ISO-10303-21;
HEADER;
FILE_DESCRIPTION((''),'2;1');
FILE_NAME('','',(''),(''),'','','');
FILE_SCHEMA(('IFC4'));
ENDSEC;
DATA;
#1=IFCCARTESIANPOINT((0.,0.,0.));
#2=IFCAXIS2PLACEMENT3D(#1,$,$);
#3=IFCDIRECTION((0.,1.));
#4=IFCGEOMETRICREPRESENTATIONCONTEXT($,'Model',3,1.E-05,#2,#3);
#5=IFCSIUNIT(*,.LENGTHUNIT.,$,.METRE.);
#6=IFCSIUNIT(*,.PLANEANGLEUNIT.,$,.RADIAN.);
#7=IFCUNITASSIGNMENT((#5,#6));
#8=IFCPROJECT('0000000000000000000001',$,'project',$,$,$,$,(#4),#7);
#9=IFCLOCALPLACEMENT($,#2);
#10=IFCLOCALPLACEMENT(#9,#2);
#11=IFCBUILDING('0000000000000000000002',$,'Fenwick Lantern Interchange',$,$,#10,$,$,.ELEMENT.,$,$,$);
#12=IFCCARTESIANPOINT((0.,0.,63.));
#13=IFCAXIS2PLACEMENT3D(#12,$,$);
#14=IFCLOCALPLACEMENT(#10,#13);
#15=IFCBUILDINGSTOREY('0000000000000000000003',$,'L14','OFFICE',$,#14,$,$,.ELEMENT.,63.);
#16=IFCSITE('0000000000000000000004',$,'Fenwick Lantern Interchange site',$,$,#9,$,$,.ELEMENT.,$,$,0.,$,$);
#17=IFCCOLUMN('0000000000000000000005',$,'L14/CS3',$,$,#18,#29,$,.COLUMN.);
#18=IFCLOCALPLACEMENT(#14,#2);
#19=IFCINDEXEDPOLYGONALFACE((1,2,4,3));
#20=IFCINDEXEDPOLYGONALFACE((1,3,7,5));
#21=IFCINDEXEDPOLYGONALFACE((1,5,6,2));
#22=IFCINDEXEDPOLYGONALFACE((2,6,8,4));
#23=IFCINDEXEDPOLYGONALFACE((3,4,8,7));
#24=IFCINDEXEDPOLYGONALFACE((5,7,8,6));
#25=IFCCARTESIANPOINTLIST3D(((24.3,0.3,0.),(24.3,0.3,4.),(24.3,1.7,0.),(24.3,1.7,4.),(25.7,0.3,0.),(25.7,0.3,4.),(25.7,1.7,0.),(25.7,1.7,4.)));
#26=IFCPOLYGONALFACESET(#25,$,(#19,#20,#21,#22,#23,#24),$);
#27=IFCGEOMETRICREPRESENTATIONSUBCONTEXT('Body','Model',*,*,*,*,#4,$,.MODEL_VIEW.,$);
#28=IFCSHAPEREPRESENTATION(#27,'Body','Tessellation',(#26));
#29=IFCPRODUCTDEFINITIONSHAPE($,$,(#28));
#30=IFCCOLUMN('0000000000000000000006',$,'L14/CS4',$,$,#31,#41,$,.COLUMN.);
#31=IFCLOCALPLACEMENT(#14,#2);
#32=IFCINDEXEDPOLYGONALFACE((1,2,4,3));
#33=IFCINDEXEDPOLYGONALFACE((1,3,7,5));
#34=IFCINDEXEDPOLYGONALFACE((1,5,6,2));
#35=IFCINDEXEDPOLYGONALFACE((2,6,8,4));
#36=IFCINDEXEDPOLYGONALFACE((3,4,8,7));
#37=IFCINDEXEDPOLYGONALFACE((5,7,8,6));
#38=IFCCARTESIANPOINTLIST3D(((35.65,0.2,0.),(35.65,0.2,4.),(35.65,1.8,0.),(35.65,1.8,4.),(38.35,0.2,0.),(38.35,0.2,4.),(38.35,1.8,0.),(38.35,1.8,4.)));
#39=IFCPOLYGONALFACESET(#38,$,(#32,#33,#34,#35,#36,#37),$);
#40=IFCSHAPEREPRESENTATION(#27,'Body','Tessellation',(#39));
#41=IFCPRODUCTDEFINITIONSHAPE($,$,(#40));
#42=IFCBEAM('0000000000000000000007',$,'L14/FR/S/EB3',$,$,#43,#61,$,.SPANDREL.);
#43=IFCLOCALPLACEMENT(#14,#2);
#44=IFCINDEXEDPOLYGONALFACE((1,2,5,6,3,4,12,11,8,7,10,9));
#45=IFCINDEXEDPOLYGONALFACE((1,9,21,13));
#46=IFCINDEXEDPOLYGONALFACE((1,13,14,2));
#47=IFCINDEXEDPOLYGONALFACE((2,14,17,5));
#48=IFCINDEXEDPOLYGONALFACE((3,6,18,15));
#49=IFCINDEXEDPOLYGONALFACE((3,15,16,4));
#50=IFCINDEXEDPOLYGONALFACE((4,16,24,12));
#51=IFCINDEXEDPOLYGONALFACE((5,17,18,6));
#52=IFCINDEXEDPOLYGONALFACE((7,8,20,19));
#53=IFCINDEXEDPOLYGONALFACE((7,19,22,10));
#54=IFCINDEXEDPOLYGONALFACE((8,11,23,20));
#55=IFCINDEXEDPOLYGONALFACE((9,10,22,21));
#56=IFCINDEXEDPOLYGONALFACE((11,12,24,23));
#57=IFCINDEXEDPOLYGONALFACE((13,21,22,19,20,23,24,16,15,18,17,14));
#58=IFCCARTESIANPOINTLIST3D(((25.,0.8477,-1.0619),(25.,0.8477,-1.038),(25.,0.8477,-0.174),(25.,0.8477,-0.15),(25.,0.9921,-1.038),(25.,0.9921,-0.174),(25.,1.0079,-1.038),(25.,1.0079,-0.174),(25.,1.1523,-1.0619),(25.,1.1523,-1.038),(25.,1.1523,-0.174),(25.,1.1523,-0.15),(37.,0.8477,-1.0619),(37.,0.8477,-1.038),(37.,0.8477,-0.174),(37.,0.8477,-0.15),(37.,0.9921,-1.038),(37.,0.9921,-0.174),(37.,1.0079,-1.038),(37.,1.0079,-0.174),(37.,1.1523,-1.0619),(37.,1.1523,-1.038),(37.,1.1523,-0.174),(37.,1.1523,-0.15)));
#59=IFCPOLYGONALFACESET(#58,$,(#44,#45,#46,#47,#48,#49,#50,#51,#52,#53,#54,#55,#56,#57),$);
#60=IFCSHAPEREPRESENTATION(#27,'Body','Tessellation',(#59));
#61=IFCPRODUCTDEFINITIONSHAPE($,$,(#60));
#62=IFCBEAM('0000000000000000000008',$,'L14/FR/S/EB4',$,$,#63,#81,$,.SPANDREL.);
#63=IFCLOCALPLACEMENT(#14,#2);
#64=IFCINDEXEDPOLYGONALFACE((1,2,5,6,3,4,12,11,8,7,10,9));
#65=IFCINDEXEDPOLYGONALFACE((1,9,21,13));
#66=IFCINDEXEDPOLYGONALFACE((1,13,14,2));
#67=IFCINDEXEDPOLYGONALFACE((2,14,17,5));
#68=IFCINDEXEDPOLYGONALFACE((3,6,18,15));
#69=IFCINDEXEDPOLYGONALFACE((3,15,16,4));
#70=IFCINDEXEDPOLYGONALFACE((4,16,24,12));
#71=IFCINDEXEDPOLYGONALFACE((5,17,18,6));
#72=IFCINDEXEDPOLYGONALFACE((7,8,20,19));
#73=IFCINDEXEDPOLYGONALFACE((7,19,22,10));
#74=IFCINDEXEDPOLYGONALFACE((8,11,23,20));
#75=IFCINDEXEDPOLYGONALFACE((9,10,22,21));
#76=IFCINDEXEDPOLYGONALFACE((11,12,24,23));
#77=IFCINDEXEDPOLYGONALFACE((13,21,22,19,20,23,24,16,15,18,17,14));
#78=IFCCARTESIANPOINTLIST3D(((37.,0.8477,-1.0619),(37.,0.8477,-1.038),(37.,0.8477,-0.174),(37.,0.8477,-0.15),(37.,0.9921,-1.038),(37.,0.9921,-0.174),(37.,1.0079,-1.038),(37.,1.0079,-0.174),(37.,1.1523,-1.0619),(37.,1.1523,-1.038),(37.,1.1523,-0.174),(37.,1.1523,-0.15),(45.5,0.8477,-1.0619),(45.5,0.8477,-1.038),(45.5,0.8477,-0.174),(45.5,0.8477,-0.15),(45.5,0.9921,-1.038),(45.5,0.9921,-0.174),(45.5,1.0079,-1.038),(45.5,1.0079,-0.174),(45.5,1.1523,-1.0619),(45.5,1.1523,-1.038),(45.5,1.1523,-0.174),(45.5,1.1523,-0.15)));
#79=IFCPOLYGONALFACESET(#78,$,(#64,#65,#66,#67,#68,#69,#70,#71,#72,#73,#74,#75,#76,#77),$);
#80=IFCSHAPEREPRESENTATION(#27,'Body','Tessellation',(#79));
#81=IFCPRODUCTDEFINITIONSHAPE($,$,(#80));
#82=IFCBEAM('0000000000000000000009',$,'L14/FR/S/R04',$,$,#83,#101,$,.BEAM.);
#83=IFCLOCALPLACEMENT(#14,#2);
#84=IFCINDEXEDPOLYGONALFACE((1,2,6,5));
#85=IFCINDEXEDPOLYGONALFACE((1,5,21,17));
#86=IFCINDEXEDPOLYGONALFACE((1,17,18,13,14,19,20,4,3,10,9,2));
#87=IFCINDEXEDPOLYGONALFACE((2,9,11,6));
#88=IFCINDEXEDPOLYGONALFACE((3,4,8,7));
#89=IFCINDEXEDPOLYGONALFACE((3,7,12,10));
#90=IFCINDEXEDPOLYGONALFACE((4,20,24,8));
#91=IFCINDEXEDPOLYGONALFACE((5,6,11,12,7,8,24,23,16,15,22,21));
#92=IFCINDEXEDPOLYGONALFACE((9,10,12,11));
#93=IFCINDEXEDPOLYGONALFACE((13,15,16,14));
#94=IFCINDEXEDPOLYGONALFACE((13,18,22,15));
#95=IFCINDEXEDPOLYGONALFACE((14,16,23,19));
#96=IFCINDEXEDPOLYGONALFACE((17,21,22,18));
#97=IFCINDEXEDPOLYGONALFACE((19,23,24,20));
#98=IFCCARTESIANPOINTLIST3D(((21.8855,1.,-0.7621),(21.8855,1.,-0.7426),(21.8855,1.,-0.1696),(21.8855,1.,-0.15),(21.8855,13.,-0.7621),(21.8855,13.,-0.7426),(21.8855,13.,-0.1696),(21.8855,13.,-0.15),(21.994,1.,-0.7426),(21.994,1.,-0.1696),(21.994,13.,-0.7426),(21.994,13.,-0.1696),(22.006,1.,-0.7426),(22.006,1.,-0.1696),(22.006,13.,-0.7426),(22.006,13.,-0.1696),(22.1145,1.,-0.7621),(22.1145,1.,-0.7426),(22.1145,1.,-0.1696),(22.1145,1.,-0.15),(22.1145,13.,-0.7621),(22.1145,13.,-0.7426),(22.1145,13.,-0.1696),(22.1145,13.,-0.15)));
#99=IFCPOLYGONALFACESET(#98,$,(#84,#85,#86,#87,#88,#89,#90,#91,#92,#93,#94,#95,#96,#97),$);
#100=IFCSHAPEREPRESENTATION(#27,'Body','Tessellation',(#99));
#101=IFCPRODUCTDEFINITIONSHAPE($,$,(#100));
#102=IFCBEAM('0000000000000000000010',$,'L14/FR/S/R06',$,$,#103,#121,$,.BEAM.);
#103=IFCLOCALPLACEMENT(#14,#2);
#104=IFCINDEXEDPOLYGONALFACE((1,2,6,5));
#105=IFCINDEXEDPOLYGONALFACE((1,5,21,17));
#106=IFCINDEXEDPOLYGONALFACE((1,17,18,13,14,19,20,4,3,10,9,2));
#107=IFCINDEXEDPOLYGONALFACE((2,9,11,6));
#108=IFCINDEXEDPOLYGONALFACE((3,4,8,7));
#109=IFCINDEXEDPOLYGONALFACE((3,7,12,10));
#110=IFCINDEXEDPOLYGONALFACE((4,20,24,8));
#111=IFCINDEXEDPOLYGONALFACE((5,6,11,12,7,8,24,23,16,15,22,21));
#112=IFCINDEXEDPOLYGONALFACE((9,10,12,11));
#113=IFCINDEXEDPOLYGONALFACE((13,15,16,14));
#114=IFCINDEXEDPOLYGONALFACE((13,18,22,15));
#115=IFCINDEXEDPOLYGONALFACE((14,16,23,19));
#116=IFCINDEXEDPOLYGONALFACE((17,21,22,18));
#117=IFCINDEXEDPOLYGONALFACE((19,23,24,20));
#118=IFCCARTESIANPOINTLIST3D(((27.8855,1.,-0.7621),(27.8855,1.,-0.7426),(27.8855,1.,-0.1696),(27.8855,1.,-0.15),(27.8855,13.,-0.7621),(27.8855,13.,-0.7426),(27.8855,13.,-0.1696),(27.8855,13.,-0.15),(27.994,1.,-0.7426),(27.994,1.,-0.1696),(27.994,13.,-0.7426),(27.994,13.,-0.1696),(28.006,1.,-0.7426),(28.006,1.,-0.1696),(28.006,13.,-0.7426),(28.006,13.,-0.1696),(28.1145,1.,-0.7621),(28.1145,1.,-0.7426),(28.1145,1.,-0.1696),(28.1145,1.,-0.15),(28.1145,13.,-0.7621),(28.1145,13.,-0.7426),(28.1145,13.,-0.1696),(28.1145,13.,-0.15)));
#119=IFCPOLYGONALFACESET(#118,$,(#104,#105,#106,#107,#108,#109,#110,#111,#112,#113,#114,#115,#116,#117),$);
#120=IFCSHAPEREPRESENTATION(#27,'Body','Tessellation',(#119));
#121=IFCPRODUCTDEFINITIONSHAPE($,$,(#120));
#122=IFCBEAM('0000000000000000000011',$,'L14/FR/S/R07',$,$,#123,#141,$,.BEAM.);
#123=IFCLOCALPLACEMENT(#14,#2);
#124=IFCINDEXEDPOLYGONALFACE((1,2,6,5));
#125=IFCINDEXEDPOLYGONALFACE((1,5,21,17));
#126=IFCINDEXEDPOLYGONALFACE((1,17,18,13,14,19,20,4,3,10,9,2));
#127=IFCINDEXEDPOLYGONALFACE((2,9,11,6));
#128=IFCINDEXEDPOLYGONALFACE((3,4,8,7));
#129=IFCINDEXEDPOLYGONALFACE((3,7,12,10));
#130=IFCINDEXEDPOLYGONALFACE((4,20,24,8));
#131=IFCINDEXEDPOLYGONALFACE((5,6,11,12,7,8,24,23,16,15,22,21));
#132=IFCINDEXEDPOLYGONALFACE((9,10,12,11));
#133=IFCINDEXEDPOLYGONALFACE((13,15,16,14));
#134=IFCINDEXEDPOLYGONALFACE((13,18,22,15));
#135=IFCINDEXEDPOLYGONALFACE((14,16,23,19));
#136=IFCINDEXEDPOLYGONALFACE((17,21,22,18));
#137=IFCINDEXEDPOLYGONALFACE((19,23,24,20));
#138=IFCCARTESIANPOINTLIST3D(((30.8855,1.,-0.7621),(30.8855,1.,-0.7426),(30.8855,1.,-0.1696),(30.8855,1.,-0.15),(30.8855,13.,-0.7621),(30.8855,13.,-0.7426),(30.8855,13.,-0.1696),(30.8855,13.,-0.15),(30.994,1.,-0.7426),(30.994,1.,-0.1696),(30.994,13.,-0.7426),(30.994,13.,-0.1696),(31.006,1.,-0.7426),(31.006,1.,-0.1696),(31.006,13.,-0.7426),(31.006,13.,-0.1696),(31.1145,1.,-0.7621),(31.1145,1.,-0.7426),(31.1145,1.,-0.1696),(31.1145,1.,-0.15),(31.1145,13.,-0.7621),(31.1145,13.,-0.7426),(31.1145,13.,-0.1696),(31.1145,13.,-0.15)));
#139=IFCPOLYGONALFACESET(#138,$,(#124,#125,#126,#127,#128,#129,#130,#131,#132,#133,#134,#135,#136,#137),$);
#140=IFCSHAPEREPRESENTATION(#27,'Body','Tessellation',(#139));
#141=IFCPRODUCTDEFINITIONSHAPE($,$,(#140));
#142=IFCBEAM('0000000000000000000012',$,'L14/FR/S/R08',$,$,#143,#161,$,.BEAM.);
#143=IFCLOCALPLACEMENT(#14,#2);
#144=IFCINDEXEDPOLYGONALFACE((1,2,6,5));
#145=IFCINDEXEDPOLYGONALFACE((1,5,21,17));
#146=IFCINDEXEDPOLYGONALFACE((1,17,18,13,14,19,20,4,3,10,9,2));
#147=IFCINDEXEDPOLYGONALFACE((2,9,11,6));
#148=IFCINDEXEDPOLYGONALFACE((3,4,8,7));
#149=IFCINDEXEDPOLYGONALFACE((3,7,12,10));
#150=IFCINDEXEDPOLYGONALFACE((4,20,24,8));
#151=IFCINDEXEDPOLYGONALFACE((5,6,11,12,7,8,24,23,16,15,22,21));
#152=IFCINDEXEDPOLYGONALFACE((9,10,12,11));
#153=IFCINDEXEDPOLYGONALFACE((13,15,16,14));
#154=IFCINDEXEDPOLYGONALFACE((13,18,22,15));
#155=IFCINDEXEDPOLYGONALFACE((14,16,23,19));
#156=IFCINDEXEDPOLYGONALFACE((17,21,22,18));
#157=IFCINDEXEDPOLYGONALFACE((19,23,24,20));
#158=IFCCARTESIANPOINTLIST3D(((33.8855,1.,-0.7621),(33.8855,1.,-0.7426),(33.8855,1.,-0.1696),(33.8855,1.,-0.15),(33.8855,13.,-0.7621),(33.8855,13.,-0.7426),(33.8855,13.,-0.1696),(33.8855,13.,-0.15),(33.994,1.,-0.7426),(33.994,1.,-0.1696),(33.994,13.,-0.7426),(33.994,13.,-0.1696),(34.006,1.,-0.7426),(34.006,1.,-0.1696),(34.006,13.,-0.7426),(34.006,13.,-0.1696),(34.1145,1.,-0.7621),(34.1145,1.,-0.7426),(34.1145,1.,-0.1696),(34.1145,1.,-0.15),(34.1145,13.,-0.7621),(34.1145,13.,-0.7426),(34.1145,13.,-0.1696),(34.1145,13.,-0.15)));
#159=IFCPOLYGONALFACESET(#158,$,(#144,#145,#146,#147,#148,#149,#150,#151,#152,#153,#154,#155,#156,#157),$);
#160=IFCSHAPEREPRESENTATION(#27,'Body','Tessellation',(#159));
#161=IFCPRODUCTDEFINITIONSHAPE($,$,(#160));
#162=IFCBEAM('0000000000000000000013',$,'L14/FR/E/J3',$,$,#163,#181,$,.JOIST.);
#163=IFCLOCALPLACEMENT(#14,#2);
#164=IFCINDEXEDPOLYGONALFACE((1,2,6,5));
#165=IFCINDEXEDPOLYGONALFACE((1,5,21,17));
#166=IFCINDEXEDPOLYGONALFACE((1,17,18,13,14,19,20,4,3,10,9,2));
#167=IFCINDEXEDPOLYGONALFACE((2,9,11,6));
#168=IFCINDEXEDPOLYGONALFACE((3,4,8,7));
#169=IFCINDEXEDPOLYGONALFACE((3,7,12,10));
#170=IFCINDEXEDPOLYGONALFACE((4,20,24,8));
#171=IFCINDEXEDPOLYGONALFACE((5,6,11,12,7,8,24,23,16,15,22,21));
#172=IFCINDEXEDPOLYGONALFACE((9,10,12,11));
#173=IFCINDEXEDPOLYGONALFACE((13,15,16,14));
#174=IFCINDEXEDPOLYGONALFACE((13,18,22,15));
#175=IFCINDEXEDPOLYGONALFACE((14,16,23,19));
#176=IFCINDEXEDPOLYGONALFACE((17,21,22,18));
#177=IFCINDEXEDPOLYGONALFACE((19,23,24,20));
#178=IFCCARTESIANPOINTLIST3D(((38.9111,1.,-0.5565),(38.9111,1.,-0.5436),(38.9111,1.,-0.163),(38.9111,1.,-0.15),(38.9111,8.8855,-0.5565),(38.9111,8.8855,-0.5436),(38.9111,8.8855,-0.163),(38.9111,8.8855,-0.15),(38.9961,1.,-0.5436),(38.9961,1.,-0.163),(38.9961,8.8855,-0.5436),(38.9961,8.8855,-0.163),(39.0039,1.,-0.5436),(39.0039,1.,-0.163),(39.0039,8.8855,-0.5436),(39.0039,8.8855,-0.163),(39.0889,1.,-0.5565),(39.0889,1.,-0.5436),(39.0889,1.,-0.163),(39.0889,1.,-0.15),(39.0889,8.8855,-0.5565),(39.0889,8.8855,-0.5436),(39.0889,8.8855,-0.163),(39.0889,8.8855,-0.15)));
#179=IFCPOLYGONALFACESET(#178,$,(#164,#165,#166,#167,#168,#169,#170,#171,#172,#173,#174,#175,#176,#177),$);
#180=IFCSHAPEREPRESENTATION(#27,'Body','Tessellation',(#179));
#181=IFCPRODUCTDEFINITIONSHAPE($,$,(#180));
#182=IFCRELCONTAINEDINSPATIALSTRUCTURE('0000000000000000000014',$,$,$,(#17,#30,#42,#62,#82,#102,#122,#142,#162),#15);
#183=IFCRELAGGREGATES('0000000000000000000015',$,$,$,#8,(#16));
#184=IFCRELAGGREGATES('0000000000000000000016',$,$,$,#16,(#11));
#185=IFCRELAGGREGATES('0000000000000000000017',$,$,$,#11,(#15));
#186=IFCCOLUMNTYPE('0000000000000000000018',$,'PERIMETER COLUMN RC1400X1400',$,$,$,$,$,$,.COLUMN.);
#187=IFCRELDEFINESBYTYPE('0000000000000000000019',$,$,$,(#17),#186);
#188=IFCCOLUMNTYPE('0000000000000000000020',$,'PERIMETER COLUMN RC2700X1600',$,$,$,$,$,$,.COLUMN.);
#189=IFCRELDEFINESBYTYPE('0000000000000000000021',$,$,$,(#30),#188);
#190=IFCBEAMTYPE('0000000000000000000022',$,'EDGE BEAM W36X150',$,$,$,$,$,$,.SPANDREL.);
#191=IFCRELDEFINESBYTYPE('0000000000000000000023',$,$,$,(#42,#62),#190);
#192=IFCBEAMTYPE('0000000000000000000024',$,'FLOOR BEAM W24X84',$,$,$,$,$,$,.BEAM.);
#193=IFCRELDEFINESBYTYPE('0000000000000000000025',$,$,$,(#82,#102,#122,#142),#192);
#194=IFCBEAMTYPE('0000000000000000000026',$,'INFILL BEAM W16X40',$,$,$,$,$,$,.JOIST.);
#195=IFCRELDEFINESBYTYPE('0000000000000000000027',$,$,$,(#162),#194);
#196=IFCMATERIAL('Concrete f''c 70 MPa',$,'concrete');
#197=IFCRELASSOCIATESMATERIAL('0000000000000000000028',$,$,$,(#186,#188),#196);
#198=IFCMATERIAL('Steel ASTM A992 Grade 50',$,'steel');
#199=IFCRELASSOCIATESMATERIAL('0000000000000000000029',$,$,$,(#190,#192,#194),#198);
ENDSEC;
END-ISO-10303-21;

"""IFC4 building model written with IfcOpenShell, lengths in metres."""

from ifc_helpers import new_model, si_unit, direction, frame, origin, origin_2d, place, context, subcontext, project, spatial, rectangle, i_section, extrude, material, material_profile, profile_set, type_object, element, save


model = new_model("IFC4")

# Units and contexts
model_context = context("Model", 3, precision=1e-05, world=origin(), true_north=direction((0.0, 1.0)))
body_context = subcontext(model_context, "Body", "Model", "MODEL_VIEW")
ifc_project = project(units=[si_unit("LENGTHUNIT", "METRE"), si_unit("PLANEANGLEUNIT", "RADIAN")], contexts=[model_context])

# Site, building, storey
site_placement = place(None, origin())
site = spatial("IfcSite", under=ifc_project, at=site_placement, Name="Fenwick Lantern Interchange site", CompositionType="ELEMENT", RefElevation=0.0)
building_placement = place(site_placement, origin())
building = spatial("IfcBuilding", under=site, at=building_placement, Name="Fenwick Lantern Interchange", CompositionType="ELEMENT")
storey_placement = place(building_placement, frame((0.0, 0.0, 63.0)))
storey = spatial("IfcBuildingStorey", under=building, at=storey_placement, Name="L14", Description="OFFICE", CompositionType="ELEMENT", Elevation=63.0)

# Columns
ifc_material_1 = material(Name="Concrete f'c 70 MPa", Category="concrete")
ifc_material_profile_1 = material_profile(ifc_material_1, rectangle(XDim=1.3999, YDim=1.3999, at=origin_2d()), Name="RC1400X1400")
ifc_profile_set_1 = profile_set([ifc_material_profile_1], Name="Concrete f'c 70 MPa")
column_type_1 = type_object("IfcColumnType", Name="PERIMETER COLUMN RC1400X1400", PredefinedType="COLUMN", material=ifc_profile_set_1)
column_1_placement = place(storey_placement, frame((25.0, 1.0, 0.0), z_axis=(0.0, 0.0, 1.0), x_axis=(1.0, 0.0, 0.0)))
element("IfcColumn", 1, at=column_1_placement, inside=storey, type_object=column_type_1, Name="L14/CS3", PredefinedType="COLUMN", context=body_context, shape_type="SweptSolid", body=[
    extrude(rectangle(XDim=1.3999, YDim=1.3999, at=origin_2d()), origin(), (0.0, 0.0, 1.0), 4.0),
])
ifc_material_profile_2 = material_profile(ifc_material_1, rectangle(XDim=2.7, YDim=1.6001, at=origin_2d()), Name="RC2700X1600")
ifc_profile_set_2 = profile_set([ifc_material_profile_2], Name="Concrete f'c 70 MPa")
column_type_2 = type_object("IfcColumnType", Name="PERIMETER COLUMN RC2700X1600", PredefinedType="COLUMN", material=ifc_profile_set_2)
column_2_placement = place(storey_placement, frame((37.0, 1.0, 0.0), z_axis=(0.0, 0.0, 1.0), x_axis=(1.0, 0.0, 0.0)))
element("IfcColumn", 2, at=column_2_placement, inside=storey, type_object=column_type_2, Name="L14/CS4", PredefinedType="COLUMN", context=body_context, shape_type="SweptSolid", body=[
    extrude(rectangle(XDim=2.7, YDim=1.6001, at=origin_2d()), origin(), (0.0, 0.0, 1.0), 4.0),
])

# Beams
ifc_material_2 = material(Name="Steel ASTM A992 Grade 50", Category="steel")
ifc_material_profile_3 = material_profile(ifc_material_2, i_section(OverallWidth=0.3047, OverallDepth=0.9119, WebThickness=0.0159, FlangeThickness=0.0239, at=origin_2d()), Name="W36X150")
ifc_profile_set_3 = profile_set([ifc_material_profile_3], Name="Steel ASTM A992 Grade 50")
beam_type_1 = type_object("IfcBeamType", Name="EDGE BEAM W36X150", PredefinedType="SPANDREL", material=ifc_profile_set_3)
beam_1_placement = place(storey_placement, frame((25.0, 1.0, -0.606), z_axis=(1.0, 0.0, 0.0), x_axis=(0.0, 1.0, 0.0)))
element("IfcBeam", 3, at=beam_1_placement, inside=storey, type_object=beam_type_1, Name="L14/FR/S/EB3", PredefinedType="SPANDREL", context=body_context, shape_type="SweptSolid", body=[
    extrude(i_section(OverallWidth=0.3047, OverallDepth=0.9119, WebThickness=0.0159, FlangeThickness=0.0239, at=origin_2d()), origin(), (0.0, 0.0, 1.0), 12.0),
])
beam_2_placement = place(storey_placement, frame((37.0, 1.0, -0.606), z_axis=(1.0, 0.0, 0.0), x_axis=(0.0, 1.0, 0.0)))
element("IfcBeam", 4, at=beam_2_placement, inside=storey, type_object=beam_type_1, Name="L14/FR/S/EB4", PredefinedType="SPANDREL", context=body_context, shape_type="SweptSolid", body=[
    extrude(i_section(OverallWidth=0.3047, OverallDepth=0.9119, WebThickness=0.0159, FlangeThickness=0.0239, at=origin_2d()), origin(), (0.0, 0.0, 1.0), 8.5),
])
ifc_material_profile_4 = material_profile(ifc_material_2, i_section(OverallWidth=0.229, OverallDepth=0.6121, WebThickness=0.012, FlangeThickness=0.0195, at=origin_2d()), Name="W24X84")
ifc_profile_set_4 = profile_set([ifc_material_profile_4], Name="Steel ASTM A992 Grade 50")
beam_type_2 = type_object("IfcBeamType", Name="FLOOR BEAM W24X84", PredefinedType="BEAM", material=ifc_profile_set_4)
for number, where, z_axis, x_axis, name in (
    (5, (22.0, 1.0, -0.4561), (0.0, 1.0, 0.0), (-1.0, 0.0, 0.0), "L14/FR/S/R04"),
    (6, (28.0, 1.0, -0.4561), (0.0, 1.0, 0.0), (-1.0, 0.0, 0.0), "L14/FR/S/R06"),
    (7, (31.0, 1.0, -0.4561), (0.0, 1.0, 0.0), (-1.0, 0.0, 0.0), "L14/FR/S/R07"),
    (8, (34.0, 1.0, -0.4561), (0.0, 1.0, 0.0), (-1.0, 0.0, 0.0), "L14/FR/S/R08"),
):
    element("IfcBeam", number, at=place(storey_placement, frame(where, z_axis=z_axis, x_axis=x_axis)), inside=storey, type_object=beam_type_2, Name=name, PredefinedType="BEAM", context=body_context, shape_type="SweptSolid", body=[
        extrude(i_section(OverallWidth=0.229, OverallDepth=0.6121, WebThickness=0.012, FlangeThickness=0.0195, at=origin_2d()), origin(), (0.0, 0.0, 1.0), 12.0),
    ])
ifc_material_profile_5 = material_profile(ifc_material_2, i_section(OverallWidth=0.1777, OverallDepth=0.4065, WebThickness=0.0078, FlangeThickness=0.0129, at=origin_2d()), Name="W16X40")
ifc_profile_set_5 = profile_set([ifc_material_profile_5], Name="Steel ASTM A992 Grade 50")
beam_type_3 = type_object("IfcBeamType", Name="INFILL BEAM W16X40", PredefinedType="JOIST", material=ifc_profile_set_5)
beam_3_placement = place(storey_placement, frame((39.0, 1.0, -0.3533), z_axis=(0.0, 1.0, 0.0), x_axis=(-1.0, 0.0, 0.0)))
element("IfcBeam", 9, at=beam_3_placement, inside=storey, type_object=beam_type_3, Name="L14/FR/E/J3", PredefinedType="JOIST", context=body_context, shape_type="SweptSolid", body=[
    extrude(i_section(OverallWidth=0.1777, OverallDepth=0.4065, WebThickness=0.0078, FlangeThickness=0.0129, at=origin_2d()), origin(), (0.0, 0.0, 1.0), 7.8855),
])

save(model, "model.ifc")
